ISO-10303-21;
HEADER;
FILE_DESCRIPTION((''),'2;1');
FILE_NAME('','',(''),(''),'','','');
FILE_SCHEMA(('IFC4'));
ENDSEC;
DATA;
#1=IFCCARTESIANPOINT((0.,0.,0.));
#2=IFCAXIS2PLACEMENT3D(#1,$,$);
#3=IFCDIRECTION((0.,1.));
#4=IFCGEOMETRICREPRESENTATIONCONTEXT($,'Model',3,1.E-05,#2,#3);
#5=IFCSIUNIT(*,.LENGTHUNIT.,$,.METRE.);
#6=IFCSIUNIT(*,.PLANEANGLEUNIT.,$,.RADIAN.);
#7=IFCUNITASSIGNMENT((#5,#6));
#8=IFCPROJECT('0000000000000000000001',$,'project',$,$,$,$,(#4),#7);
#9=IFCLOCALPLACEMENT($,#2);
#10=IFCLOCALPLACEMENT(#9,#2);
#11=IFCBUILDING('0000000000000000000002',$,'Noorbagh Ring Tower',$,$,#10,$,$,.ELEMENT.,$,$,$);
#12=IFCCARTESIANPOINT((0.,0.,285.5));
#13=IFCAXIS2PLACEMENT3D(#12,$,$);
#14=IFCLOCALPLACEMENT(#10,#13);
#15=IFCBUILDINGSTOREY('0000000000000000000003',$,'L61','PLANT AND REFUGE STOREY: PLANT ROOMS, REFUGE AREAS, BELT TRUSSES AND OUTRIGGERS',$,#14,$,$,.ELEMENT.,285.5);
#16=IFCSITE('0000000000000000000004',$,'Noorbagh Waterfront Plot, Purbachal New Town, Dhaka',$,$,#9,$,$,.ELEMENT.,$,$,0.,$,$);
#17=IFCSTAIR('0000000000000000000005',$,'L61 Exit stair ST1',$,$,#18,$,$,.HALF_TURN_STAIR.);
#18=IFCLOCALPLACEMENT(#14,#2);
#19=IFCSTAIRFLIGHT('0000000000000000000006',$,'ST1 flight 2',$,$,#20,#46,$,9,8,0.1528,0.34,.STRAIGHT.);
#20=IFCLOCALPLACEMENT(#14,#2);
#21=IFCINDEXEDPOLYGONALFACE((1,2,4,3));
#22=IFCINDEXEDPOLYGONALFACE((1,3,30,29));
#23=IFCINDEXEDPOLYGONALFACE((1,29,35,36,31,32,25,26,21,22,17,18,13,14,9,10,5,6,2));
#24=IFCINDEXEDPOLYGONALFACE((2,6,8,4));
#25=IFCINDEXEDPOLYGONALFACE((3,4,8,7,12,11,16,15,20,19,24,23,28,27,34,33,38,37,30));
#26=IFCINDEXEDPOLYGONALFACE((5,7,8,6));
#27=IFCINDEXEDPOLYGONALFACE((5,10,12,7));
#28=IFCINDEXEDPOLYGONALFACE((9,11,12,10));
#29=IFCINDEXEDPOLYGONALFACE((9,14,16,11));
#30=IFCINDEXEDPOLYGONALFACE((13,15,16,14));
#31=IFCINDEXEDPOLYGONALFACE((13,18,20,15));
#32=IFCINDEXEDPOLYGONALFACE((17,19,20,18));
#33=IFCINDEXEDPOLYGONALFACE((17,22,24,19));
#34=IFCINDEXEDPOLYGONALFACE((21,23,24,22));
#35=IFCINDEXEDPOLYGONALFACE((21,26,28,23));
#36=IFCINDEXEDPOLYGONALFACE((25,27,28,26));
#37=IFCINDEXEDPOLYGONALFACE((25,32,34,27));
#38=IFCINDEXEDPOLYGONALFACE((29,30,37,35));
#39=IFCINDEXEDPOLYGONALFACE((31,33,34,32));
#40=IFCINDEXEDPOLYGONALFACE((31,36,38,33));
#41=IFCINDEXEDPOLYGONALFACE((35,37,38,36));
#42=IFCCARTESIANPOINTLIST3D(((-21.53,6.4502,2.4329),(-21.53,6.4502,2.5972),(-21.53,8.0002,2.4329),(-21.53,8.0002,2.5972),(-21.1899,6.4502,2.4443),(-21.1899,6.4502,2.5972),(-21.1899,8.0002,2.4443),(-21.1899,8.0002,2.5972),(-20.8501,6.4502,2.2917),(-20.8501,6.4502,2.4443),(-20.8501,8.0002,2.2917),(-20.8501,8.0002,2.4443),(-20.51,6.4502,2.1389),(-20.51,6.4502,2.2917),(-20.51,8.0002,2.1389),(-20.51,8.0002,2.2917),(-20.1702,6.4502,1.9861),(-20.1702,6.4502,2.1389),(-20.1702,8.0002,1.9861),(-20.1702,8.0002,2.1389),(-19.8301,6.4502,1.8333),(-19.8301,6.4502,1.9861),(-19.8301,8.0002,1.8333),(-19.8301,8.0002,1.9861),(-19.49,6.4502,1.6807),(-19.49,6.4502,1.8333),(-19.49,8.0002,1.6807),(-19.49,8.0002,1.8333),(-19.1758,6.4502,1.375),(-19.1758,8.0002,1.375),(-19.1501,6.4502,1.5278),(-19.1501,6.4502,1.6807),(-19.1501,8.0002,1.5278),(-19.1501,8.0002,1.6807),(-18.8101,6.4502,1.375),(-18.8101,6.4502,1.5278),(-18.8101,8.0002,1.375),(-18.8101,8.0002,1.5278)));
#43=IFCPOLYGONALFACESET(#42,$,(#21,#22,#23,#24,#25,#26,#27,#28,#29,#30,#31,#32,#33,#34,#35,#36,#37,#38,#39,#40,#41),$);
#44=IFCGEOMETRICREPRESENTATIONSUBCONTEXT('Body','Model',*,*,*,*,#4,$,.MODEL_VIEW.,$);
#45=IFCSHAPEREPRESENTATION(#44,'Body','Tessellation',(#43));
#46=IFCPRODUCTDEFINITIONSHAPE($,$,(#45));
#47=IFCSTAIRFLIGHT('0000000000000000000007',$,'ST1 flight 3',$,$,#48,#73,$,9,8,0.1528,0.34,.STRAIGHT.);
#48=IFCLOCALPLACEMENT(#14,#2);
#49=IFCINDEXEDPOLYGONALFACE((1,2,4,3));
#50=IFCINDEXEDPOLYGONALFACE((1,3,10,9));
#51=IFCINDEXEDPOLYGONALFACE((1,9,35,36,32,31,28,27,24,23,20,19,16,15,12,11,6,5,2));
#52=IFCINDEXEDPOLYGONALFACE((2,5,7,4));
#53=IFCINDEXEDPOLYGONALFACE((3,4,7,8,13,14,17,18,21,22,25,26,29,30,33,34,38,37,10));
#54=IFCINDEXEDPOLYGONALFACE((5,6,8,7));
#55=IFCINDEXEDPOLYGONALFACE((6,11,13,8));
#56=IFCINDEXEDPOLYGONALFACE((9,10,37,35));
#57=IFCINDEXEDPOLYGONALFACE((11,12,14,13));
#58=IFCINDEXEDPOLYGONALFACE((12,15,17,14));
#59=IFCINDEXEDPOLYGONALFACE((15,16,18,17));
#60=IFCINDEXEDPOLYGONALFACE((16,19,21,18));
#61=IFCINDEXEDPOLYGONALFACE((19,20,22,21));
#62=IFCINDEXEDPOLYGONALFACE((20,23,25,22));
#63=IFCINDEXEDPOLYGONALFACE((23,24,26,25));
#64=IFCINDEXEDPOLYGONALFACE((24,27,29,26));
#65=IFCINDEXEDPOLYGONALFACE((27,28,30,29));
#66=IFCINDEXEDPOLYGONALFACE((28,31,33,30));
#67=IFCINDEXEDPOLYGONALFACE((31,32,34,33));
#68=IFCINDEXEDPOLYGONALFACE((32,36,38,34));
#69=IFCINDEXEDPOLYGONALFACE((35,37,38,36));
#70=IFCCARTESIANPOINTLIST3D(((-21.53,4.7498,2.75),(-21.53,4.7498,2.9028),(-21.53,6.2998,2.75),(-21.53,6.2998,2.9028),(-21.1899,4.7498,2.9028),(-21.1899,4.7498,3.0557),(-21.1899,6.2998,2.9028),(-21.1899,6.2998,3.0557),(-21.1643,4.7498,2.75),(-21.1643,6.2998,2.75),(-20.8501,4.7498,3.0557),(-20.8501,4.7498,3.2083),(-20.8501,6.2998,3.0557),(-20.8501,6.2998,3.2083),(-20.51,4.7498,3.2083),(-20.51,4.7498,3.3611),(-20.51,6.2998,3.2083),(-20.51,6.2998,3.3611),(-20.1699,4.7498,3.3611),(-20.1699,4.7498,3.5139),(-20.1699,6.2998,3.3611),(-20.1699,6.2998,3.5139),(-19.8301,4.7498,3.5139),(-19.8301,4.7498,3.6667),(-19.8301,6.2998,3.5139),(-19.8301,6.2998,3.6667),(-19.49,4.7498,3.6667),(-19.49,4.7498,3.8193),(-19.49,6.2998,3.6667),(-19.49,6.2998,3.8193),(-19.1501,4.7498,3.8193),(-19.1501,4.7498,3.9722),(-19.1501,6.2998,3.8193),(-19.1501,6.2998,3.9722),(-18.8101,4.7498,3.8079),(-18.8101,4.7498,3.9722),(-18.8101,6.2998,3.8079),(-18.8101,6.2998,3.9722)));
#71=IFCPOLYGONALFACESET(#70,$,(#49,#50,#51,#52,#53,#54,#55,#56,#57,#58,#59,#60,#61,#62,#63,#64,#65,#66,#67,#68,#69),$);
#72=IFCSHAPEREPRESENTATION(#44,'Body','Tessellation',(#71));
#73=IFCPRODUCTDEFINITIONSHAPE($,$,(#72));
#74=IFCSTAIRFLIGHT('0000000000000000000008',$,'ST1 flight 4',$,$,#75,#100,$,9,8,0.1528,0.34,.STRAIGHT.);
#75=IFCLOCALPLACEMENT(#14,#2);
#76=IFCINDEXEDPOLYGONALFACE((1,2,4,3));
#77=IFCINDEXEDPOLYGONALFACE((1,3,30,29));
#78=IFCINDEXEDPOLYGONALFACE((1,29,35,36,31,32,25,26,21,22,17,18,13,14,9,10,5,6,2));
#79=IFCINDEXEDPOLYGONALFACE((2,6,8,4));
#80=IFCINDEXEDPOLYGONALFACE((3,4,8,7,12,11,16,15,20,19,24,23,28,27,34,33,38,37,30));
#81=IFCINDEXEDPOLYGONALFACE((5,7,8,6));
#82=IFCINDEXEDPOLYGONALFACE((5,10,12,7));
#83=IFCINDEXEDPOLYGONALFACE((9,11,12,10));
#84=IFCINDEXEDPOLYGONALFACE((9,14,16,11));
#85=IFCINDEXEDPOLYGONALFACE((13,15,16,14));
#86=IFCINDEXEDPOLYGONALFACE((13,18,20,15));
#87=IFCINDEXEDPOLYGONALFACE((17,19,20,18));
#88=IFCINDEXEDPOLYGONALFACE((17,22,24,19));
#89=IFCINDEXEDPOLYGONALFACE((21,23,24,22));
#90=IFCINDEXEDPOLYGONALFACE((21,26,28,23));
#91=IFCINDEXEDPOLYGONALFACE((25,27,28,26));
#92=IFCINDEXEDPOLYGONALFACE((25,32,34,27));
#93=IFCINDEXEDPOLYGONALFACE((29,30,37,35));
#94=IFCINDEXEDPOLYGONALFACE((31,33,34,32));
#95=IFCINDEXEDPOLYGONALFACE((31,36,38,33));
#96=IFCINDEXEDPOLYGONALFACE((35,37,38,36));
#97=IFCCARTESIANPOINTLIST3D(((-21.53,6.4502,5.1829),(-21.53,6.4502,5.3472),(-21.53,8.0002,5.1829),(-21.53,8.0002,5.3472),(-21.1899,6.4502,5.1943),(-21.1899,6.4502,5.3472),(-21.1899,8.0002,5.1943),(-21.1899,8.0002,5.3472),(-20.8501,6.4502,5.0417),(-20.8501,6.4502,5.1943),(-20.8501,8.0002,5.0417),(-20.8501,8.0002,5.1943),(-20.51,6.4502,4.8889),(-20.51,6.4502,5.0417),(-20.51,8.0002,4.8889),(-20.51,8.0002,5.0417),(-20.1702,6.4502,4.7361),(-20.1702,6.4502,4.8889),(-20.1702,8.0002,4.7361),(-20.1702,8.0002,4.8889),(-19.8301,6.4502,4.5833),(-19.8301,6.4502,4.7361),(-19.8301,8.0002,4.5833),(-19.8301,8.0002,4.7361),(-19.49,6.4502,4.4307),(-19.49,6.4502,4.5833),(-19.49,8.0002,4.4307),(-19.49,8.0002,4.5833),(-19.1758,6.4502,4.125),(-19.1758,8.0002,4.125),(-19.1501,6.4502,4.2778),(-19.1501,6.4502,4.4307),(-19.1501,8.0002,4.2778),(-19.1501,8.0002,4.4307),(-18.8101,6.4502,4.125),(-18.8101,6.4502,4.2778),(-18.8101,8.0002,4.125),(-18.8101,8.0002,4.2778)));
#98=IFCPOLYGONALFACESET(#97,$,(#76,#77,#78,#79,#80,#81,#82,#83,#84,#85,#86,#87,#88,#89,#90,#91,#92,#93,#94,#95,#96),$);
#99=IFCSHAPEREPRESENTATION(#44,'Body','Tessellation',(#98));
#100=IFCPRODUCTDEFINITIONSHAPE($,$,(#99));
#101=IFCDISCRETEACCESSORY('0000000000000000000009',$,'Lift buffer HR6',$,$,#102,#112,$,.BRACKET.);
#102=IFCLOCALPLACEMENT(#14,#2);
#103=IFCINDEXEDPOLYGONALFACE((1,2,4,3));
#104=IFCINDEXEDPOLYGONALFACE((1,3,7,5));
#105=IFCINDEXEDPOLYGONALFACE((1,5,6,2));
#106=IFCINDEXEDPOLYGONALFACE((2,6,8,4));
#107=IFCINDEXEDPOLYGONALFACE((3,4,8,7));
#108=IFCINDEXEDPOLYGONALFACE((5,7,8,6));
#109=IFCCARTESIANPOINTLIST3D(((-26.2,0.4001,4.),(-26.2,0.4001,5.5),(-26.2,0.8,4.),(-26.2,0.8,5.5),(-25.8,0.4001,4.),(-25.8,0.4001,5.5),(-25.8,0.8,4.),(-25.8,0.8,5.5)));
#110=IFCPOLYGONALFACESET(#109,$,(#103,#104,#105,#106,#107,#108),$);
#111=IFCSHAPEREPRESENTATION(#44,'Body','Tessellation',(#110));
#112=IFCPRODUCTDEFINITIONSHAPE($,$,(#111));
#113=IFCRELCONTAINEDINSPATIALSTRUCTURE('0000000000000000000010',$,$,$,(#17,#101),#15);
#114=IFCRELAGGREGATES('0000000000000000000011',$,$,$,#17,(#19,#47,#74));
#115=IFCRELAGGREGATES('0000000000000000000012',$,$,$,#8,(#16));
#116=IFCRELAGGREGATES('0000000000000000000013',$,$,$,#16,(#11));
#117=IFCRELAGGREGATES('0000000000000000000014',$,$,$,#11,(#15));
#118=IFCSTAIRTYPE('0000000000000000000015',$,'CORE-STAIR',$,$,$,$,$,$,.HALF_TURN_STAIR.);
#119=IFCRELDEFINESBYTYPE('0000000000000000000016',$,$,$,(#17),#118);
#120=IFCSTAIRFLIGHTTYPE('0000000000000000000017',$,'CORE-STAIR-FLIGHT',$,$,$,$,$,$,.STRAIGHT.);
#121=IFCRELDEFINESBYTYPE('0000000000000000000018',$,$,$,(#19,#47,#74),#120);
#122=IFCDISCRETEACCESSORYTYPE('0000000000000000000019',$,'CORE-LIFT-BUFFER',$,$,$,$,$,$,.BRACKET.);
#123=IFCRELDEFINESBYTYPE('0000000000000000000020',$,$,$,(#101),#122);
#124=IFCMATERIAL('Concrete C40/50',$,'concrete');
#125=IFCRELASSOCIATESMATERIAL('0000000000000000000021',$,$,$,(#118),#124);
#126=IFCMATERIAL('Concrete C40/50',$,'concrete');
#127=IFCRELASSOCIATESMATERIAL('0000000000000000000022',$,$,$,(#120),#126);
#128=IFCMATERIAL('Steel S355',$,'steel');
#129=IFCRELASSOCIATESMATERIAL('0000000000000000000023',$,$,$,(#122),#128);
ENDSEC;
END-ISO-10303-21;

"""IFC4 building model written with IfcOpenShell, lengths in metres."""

from ifc_helpers import new_model, si_unit, direction, frame, origin, origin_2d, place, context, subcontext, project, spatial, polyline, rectangle, outline, extrude, material, type_object, element, aggregate, save


model = new_model("IFC4")

# Units and contexts
model_context = context("Model", 3, precision=1e-05, world=origin(), true_north=direction((0.0, 1.0)))
body_context = subcontext(model_context, "Body", "Model", "MODEL_VIEW")
ifc_project = project(units=[si_unit("LENGTHUNIT", "METRE"), si_unit("PLANEANGLEUNIT", "RADIAN")], contexts=[model_context])

# Site, building, storey
site_placement = place(None, origin())
site = spatial("IfcSite", under=ifc_project, at=site_placement, Name="Noorbagh Waterfront Plot, Purbachal New Town, Dhaka", CompositionType="ELEMENT", RefElevation=0.0)
building_placement = place(site_placement, origin())
building = spatial("IfcBuilding", under=site, at=building_placement, Name="Noorbagh Ring Tower", CompositionType="ELEMENT")
storey_placement = place(building_placement, frame((0.0, 0.0, 285.5)))
storey = spatial("IfcBuildingStorey", under=building, at=storey_placement, Name="L61", Description="PLANT AND REFUGE STOREY: PLANT ROOMS, REFUGE AREAS, BELT TRUSSES AND OUTRIGGERS", CompositionType="ELEMENT", Elevation=285.5)

# Stair, stair flights
ifc_material_1 = material(Name="Concrete C40/50", Category="concrete")
stair_type = type_object("IfcStairType", Name="CORE-STAIR", PredefinedType="HALF_TURN_STAIR", material=ifc_material_1)
stair_placement = place(storey_placement, origin())
stair = element("IfcStair", 1, at=stair_placement, inside=storey, type_object=stair_type, Name="L61 Exit stair ST1", PredefinedType="HALF_TURN_STAIR")
ifc_material_2 = material(Name="Concrete C40/50", Category="concrete")
stair_flight_type = type_object("IfcStairFlightType", Name="CORE-STAIR-FLIGHT", PredefinedType="STRAIGHT", material=ifc_material_2)
stair_flight_1_placement = place(storey_placement, frame((-18.8101, 7.2251, 1.375), z_axis=(0.0, 0.0, 1.0), x_axis=(-1.0, 0.0, 0.0)))
stair_flight_1 = element("IfcStairFlight", 2, at=stair_flight_1_placement, type_object=stair_flight_type, Name="ST1 flight 2", NumberOfRisers=9, NumberOfTreads=8, PredefinedType="STRAIGHT", RiserHeight=0.1528, TreadLength=0.34, context=body_context, shape_type="SweptSolid", body=[
    extrude(outline(polyline([(0.0, 0.0), (0.0, 0.1528), (0.3401, 0.1528), (0.3401, 0.3057), (0.6799, 0.3057), (0.6799, 0.4583), (1.02, 0.4583), (1.02, 0.6111), (1.3601, 0.6111), (1.3601, 0.7639), (1.7, 0.7639), (1.7, 0.9167), (2.04, 0.9167), (2.04, 1.0693), (2.3799, 1.0693), (2.3799, 1.2222), (2.72, 1.2222), (2.72, 1.375), (2.72, 1.0579), (0.3657, 0.0), (0.0, 0.0)])), frame((0.0, 0.7749, 0.0), z_axis=(0.0, -1.0, 0.0), x_axis=(1.0, 0.0, 0.0)), (0.0, 0.0, 1.0), 1.55),
])
stair_flight_2_placement = place(storey_placement, frame((-21.53, 5.5249, 2.75), z_axis=(0.0, 0.0, 1.0), x_axis=(1.0, 0.0, 0.0)))
stair_flight_2 = element("IfcStairFlight", 3, at=stair_flight_2_placement, type_object=stair_flight_type, Name="ST1 flight 3", NumberOfRisers=9, NumberOfTreads=8, PredefinedType="STRAIGHT", RiserHeight=0.1528, TreadLength=0.34, context=body_context, shape_type="SweptSolid", body=[
    extrude(outline(polyline([(0.0, 0.0), (0.0, 0.1528), (0.3401, 0.1528), (0.3401, 0.3057), (0.6799, 0.3057), (0.6799, 0.4583), (1.02, 0.4583), (1.02, 0.6111), (1.3601, 0.6111), (1.3601, 0.7639), (1.7, 0.7639), (1.7, 0.9167), (2.04, 0.9167), (2.04, 1.0693), (2.3799, 1.0693), (2.3799, 1.2222), (2.72, 1.2222), (2.72, 1.375), (2.72, 1.0579), (0.3657, 0.0), (0.0, 0.0)])), frame((0.0, 0.7749, 0.0), z_axis=(0.0, -1.0, 0.0), x_axis=(1.0, 0.0, 0.0)), (0.0, 0.0, 1.0), 1.55),
])
stair_flight_3_placement = place(storey_placement, frame((-18.8101, 7.2251, 4.125), z_axis=(0.0, 0.0, 1.0), x_axis=(-1.0, 0.0, 0.0)))
stair_flight_3 = element("IfcStairFlight", 4, at=stair_flight_3_placement, type_object=stair_flight_type, Name="ST1 flight 4", NumberOfRisers=9, NumberOfTreads=8, PredefinedType="STRAIGHT", RiserHeight=0.1528, TreadLength=0.34, context=body_context, shape_type="SweptSolid", body=[
    extrude(outline(polyline([(0.0, 0.0), (0.0, 0.1528), (0.3401, 0.1528), (0.3401, 0.3057), (0.6799, 0.3057), (0.6799, 0.4583), (1.02, 0.4583), (1.02, 0.6111), (1.3601, 0.6111), (1.3601, 0.7639), (1.7, 0.7639), (1.7, 0.9167), (2.04, 0.9167), (2.04, 1.0693), (2.3799, 1.0693), (2.3799, 1.2222), (2.72, 1.2222), (2.72, 1.375), (2.72, 1.0579), (0.3657, 0.0), (0.0, 0.0)])), frame((0.0, 0.7749, 0.0), z_axis=(0.0, -1.0, 0.0), x_axis=(1.0, 0.0, 0.0)), (0.0, 0.0, 1.0), 1.55),
])
aggregate(stair, [stair_flight_1, stair_flight_2, stair_flight_3])

# Discrete accessory
ifc_material_3 = material(Name="Steel S355", Category="steel")
discrete_accessory_type = type_object("IfcDiscreteAccessoryType", Name="CORE-LIFT-BUFFER", PredefinedType="BRACKET", material=ifc_material_3)
discrete_accessory_placement = place(storey_placement, frame((-26.0, 0.6001, 4.0), z_axis=(0.0, 0.0, 1.0), x_axis=(1.0, 0.0, 0.0)))
element("IfcDiscreteAccessory", 5, at=discrete_accessory_placement, inside=storey, type_object=discrete_accessory_type, Name="Lift buffer HR6", PredefinedType="BRACKET", context=body_context, shape_type="SweptSolid", body=[
    extrude(rectangle(XDim=0.3999, YDim=0.3999, at=origin_2d()), origin(), (0.0, 0.0, 1.0), 1.5),
])

save(model, "model.ifc")
